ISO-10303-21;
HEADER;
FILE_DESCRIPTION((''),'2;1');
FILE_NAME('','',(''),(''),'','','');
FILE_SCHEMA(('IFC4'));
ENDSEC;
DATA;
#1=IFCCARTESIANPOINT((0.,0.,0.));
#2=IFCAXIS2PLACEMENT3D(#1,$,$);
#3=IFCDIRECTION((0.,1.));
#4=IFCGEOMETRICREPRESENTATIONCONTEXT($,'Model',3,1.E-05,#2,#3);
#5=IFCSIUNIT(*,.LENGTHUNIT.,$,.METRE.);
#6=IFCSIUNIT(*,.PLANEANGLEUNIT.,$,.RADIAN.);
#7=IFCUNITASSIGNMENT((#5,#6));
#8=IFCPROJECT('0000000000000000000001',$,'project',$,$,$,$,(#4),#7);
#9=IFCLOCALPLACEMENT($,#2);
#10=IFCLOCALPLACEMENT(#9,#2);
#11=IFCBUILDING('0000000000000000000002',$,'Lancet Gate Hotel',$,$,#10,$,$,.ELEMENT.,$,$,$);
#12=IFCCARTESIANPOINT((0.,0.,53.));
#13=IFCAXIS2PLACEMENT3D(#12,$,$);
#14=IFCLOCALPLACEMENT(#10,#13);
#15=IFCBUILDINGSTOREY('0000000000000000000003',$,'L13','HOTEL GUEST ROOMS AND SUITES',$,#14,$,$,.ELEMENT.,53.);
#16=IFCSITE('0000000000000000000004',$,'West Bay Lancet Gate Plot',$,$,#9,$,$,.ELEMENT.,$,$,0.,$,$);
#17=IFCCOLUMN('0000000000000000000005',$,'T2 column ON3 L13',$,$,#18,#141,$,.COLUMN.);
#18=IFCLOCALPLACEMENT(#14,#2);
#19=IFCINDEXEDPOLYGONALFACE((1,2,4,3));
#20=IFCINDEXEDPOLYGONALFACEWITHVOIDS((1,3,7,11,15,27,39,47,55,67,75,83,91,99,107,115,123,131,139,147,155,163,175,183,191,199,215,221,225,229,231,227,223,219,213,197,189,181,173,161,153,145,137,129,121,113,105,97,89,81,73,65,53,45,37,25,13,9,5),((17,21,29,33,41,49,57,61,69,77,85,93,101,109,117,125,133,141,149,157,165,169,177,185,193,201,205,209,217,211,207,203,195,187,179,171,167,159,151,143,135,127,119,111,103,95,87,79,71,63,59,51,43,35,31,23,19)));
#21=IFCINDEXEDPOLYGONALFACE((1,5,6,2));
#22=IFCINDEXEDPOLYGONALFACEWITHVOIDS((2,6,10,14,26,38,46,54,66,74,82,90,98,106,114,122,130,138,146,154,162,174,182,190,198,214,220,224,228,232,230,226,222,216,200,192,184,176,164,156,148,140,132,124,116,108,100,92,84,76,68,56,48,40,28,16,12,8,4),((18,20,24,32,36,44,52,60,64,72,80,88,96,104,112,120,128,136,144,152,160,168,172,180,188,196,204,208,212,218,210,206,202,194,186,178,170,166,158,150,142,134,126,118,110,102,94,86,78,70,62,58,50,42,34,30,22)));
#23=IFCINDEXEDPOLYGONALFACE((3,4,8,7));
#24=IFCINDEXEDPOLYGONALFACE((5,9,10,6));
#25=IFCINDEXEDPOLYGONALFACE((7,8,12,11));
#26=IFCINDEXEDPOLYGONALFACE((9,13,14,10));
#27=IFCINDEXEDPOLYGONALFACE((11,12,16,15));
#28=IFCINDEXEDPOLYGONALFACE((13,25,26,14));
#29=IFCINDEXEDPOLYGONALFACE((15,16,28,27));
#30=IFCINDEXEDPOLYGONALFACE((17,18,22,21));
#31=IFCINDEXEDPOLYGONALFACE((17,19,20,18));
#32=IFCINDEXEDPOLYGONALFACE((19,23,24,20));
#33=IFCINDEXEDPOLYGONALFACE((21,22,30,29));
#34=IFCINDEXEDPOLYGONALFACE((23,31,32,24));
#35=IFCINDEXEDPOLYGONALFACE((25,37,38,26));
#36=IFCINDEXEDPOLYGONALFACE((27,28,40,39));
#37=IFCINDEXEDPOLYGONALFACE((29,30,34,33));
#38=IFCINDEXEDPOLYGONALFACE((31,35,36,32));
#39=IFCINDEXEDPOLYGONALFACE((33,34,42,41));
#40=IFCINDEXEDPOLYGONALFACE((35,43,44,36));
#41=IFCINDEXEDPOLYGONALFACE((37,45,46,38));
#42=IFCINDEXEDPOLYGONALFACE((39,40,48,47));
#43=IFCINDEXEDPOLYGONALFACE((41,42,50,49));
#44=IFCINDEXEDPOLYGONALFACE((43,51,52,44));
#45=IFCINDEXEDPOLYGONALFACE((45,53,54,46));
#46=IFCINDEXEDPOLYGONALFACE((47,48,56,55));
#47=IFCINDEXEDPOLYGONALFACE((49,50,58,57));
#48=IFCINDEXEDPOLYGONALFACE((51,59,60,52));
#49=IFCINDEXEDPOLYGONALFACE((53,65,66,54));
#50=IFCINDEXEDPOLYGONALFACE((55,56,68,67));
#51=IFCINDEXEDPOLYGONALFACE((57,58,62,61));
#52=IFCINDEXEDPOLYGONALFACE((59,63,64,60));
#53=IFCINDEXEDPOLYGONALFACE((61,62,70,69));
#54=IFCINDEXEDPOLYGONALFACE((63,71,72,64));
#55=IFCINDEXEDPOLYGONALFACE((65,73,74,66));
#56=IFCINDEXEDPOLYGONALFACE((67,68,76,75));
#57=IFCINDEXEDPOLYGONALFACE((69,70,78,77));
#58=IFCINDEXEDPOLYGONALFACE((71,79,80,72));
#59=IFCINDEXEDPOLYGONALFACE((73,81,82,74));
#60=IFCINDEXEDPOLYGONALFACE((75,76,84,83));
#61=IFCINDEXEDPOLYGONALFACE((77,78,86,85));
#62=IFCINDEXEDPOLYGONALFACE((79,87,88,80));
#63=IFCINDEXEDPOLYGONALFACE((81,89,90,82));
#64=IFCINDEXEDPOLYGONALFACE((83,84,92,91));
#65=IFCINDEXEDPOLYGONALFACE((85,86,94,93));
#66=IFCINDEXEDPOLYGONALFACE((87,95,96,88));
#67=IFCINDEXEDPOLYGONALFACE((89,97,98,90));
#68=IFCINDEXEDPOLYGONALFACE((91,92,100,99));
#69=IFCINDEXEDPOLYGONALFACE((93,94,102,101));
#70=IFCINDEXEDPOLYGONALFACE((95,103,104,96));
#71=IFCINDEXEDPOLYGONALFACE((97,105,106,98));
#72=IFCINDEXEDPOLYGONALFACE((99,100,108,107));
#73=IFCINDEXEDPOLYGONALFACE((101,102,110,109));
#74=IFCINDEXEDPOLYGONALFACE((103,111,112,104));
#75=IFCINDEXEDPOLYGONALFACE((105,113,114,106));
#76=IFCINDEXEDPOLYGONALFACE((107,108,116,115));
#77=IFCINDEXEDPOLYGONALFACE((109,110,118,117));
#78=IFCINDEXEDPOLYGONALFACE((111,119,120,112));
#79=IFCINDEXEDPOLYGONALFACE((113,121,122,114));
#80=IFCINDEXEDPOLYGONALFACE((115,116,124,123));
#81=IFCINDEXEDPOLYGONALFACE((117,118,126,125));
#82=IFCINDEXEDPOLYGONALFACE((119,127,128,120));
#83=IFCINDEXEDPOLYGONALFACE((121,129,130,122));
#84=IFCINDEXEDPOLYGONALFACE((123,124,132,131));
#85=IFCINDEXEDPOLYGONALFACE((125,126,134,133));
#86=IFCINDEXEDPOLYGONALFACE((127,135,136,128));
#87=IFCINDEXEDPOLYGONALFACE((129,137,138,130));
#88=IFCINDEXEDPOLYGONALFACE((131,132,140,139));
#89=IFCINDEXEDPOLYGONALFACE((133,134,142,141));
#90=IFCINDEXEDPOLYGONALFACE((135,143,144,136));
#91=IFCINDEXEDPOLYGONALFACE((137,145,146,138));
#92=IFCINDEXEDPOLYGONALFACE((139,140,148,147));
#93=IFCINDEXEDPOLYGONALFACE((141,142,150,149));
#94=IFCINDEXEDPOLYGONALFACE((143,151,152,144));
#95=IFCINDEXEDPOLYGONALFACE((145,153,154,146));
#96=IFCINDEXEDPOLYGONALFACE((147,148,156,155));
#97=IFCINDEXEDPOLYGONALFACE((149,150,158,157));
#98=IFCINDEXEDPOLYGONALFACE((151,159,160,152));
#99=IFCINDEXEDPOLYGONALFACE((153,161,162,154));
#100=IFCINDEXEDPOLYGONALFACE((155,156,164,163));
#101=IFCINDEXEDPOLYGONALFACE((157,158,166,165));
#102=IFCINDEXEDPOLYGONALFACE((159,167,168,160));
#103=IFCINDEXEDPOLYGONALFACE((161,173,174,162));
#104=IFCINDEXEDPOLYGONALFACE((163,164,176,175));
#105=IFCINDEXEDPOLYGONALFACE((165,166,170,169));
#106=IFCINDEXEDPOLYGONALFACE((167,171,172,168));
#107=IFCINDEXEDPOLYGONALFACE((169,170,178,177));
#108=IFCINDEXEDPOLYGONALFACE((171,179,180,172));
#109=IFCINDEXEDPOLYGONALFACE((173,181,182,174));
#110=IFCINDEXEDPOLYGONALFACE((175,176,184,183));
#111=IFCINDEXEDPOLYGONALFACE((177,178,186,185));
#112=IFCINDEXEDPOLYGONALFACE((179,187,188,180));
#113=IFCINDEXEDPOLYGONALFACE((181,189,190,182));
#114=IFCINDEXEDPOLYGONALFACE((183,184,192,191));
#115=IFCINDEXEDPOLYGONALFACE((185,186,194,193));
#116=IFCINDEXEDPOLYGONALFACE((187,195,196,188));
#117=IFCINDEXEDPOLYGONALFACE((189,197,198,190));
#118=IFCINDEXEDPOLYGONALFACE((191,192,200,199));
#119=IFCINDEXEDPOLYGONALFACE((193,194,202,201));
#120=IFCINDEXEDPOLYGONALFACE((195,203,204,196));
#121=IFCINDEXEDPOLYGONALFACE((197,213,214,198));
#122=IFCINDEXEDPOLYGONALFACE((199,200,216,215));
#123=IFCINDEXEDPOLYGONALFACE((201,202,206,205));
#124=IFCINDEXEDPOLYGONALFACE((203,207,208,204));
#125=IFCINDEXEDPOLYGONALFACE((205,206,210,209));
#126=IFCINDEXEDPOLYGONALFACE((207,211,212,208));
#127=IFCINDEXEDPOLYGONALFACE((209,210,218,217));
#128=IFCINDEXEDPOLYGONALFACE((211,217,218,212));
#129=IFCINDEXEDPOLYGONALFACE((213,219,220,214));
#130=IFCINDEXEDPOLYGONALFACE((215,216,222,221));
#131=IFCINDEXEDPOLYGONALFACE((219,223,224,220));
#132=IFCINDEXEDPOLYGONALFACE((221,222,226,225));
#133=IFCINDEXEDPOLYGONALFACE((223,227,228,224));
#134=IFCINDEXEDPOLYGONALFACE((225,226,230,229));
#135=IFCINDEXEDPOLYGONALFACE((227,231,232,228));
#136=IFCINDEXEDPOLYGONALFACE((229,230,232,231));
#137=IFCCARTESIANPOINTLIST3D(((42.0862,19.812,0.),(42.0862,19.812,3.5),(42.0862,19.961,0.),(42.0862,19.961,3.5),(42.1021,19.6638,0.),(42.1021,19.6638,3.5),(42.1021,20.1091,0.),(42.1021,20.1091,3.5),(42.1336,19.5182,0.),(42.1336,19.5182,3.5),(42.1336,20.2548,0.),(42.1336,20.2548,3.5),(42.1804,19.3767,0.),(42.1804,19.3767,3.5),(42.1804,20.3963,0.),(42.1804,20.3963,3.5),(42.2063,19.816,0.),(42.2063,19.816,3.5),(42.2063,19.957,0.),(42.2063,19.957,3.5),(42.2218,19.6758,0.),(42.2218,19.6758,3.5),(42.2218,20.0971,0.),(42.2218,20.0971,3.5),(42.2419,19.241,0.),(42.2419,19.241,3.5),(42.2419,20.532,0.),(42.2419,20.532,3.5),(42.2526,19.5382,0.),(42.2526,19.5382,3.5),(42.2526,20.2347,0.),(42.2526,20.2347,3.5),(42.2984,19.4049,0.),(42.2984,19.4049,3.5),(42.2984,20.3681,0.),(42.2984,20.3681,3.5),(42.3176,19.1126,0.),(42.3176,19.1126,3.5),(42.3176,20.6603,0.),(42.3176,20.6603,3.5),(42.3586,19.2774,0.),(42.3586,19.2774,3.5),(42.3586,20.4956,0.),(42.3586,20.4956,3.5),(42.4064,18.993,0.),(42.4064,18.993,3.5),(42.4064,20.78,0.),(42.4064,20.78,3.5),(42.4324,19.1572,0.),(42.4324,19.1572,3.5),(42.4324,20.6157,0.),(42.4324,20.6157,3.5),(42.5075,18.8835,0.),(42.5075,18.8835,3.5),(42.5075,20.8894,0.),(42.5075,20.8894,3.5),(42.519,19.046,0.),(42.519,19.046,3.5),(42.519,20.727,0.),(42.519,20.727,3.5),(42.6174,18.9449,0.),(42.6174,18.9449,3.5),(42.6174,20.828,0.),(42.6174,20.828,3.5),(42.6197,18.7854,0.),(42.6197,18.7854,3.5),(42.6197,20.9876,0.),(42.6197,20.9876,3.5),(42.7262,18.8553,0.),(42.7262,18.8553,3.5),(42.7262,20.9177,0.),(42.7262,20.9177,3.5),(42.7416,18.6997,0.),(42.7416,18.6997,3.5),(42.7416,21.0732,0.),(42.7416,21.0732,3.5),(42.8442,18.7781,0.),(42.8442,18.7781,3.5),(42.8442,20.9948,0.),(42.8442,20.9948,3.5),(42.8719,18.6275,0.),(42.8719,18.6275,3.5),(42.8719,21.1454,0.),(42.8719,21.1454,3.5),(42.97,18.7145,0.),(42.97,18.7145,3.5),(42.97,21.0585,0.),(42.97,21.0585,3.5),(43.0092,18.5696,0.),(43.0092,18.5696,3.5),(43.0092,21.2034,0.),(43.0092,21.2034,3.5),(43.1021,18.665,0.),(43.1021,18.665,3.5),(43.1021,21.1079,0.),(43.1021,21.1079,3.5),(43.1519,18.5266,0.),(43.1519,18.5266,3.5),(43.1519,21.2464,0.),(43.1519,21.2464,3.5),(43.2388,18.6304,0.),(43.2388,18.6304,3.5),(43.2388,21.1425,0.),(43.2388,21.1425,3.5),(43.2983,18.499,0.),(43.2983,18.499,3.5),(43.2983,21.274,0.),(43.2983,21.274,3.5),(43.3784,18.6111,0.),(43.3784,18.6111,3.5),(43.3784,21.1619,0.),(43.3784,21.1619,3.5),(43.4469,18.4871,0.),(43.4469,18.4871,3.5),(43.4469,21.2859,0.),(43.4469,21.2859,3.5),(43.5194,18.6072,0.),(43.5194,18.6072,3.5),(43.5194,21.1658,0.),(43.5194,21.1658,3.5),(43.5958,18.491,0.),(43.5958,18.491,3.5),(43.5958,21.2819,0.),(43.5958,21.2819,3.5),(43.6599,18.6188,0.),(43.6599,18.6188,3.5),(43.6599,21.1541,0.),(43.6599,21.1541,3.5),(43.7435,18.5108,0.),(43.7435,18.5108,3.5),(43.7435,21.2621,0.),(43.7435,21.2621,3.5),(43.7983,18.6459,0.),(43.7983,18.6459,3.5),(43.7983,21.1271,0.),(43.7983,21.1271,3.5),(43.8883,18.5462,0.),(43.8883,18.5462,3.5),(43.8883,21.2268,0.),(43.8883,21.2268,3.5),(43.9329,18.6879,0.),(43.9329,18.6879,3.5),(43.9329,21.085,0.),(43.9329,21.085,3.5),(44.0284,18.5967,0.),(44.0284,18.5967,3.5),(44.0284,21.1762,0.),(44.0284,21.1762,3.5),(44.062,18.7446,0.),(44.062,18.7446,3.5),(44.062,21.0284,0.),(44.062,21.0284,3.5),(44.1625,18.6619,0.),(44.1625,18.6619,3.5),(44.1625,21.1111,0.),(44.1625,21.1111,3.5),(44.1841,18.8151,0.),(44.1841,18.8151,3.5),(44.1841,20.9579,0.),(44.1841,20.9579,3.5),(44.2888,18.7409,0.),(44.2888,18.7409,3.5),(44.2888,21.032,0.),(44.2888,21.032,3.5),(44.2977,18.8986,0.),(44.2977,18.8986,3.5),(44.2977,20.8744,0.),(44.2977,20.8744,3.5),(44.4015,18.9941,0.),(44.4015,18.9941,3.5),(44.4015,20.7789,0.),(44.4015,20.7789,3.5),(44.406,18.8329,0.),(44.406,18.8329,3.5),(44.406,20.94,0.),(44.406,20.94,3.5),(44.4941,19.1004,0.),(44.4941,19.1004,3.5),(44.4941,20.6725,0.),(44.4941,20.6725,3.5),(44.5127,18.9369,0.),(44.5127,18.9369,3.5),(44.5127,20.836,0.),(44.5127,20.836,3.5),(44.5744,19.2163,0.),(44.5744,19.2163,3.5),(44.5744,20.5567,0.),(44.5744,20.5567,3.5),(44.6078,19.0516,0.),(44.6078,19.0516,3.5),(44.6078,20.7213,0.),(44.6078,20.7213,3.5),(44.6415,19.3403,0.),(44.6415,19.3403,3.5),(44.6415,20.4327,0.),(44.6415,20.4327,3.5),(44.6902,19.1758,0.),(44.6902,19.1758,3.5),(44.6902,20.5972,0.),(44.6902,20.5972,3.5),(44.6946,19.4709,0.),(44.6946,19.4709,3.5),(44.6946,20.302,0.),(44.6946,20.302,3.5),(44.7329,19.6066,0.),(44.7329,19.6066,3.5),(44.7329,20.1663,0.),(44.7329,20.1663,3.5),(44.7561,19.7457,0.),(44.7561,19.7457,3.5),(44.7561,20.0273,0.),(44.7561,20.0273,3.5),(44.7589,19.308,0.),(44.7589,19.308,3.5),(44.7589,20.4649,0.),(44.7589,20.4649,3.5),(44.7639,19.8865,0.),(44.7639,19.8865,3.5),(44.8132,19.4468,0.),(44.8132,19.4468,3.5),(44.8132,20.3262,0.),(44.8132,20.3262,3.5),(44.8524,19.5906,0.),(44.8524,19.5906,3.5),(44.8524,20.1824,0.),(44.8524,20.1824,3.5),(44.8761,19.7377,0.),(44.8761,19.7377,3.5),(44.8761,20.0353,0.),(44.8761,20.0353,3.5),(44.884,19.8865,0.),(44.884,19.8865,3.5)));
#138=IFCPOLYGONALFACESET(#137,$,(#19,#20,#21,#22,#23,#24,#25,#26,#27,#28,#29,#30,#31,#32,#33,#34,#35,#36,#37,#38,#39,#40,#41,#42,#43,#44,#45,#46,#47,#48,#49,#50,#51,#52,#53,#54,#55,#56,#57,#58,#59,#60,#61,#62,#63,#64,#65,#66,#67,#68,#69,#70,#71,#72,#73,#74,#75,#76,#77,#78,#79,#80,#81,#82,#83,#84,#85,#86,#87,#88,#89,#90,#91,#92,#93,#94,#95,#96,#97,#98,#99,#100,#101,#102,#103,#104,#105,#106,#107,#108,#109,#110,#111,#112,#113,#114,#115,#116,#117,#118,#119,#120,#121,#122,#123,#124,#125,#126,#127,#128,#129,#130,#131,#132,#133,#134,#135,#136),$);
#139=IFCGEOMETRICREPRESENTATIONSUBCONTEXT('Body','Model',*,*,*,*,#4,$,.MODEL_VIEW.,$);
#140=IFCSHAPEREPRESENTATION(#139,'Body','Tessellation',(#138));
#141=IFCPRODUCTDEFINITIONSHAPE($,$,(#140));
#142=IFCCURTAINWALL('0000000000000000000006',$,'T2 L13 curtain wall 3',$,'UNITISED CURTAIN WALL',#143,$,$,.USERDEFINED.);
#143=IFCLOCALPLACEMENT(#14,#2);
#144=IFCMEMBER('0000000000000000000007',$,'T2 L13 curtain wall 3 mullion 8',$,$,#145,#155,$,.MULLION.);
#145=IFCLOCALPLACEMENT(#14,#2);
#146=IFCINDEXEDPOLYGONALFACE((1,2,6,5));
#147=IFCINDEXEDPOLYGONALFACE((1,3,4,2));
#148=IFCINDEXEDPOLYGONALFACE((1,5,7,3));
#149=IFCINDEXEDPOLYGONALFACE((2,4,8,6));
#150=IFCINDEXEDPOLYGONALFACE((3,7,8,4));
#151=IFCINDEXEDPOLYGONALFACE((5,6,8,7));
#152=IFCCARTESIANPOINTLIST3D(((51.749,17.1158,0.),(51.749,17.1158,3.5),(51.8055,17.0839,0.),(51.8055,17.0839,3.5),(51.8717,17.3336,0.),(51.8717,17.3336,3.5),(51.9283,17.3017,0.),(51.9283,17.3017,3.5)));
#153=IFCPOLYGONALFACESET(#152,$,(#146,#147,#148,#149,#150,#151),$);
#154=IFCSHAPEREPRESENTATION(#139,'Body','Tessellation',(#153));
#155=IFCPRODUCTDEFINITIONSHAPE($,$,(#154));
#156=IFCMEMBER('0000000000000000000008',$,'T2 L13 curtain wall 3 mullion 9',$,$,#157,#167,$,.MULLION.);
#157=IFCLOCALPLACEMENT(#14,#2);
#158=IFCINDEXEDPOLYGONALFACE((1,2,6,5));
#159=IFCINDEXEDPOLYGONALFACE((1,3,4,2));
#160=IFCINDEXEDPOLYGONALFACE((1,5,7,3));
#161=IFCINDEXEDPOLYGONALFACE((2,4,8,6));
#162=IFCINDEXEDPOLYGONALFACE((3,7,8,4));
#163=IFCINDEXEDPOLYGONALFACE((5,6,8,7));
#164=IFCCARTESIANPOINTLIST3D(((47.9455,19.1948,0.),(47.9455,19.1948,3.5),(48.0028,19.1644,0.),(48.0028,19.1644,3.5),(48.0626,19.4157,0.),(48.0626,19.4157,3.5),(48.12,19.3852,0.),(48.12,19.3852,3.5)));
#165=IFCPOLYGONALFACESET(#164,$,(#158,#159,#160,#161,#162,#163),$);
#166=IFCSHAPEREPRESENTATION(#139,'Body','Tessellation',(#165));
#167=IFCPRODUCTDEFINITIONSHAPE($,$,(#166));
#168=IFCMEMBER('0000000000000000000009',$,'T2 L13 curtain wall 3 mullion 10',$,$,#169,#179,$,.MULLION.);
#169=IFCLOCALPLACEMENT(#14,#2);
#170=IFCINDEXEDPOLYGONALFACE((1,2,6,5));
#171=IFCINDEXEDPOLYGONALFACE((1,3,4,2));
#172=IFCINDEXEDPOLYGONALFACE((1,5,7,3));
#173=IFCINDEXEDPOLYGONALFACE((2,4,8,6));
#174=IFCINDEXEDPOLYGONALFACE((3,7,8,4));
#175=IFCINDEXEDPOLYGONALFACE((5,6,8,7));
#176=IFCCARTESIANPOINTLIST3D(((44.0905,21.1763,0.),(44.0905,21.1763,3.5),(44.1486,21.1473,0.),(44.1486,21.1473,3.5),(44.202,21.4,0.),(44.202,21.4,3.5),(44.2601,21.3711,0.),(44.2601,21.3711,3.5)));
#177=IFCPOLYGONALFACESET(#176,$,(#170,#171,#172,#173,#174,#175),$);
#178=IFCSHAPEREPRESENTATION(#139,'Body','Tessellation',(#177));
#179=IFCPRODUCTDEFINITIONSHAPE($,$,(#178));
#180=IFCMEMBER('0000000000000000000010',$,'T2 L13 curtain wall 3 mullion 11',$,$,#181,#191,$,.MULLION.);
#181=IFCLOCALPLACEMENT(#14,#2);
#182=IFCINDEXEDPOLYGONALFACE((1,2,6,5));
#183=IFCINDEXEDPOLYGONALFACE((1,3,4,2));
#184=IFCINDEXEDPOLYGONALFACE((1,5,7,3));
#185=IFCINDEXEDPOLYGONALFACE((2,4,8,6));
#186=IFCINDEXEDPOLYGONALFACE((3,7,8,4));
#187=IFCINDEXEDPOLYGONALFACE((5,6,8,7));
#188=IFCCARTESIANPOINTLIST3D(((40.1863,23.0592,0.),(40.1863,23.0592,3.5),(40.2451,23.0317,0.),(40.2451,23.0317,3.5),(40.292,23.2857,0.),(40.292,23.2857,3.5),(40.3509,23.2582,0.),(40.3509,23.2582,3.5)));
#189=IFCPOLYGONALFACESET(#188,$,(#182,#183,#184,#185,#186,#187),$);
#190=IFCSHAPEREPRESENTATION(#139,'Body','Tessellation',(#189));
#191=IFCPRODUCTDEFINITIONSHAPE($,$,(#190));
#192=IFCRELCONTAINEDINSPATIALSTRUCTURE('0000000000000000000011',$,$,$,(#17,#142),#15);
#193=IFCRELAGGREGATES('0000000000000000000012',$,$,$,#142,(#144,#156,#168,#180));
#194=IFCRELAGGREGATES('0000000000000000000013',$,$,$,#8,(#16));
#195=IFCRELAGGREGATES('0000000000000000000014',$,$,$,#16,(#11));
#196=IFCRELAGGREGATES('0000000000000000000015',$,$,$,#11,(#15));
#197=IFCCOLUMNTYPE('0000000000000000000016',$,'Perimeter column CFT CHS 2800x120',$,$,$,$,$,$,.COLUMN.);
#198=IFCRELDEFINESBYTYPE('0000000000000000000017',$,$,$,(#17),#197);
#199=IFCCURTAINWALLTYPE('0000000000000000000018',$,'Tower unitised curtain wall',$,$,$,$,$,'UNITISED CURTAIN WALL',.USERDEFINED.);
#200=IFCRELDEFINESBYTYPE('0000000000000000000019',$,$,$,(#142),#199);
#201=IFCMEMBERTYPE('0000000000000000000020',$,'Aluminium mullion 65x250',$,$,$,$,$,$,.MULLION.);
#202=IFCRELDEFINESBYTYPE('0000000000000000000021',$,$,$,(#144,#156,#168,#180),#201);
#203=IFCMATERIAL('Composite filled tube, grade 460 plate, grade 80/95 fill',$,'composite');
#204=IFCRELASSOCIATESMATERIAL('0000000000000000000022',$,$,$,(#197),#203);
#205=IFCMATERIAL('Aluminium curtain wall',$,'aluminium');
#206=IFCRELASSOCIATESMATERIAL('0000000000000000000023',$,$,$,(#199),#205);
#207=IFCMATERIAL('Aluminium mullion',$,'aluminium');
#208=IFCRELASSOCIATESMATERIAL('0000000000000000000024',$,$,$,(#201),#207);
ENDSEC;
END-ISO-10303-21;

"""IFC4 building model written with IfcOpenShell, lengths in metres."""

from ifc_helpers import new_model, si_unit, direction, frame, origin, origin_2d, place, context, subcontext, project, spatial, rectangle, hollow_circle, extrude, material, material_profile, profile_set, type_object, element, aggregate, save


model = new_model("IFC4")

# Units and contexts
model_context = context("Model", 3, precision=1e-05, world=origin(), true_north=direction((0.0, 1.0)))
body_context = subcontext(model_context, "Body", "Model", "MODEL_VIEW")
ifc_project = project(units=[si_unit("LENGTHUNIT", "METRE"), si_unit("PLANEANGLEUNIT", "RADIAN")], contexts=[model_context])

# Site, building, storey
site_placement = place(None, origin())
site = spatial("IfcSite", under=ifc_project, at=site_placement, Name="West Bay Lancet Gate Plot", CompositionType="ELEMENT", RefElevation=0.0)
building_placement = place(site_placement, origin())
building = spatial("IfcBuilding", under=site, at=building_placement, Name="Lancet Gate Hotel", CompositionType="ELEMENT")
storey_placement = place(building_placement, frame((0.0, 0.0, 53.0)))
storey = spatial("IfcBuildingStorey", under=building, at=storey_placement, Name="L13", Description="HOTEL GUEST ROOMS AND SUITES", CompositionType="ELEMENT", Elevation=53.0)

# Column
ifc_material_1 = material(Name="Composite filled tube, grade 460 plate, grade 80/95 fill", Category="composite")
ifc_material_profile_1 = material_profile(ifc_material_1, hollow_circle(Radius=1.3999, WallThickness=0.1201, at=origin_2d()), Name="CHS 2800x120")
ifc_profile_set_1 = profile_set([ifc_material_profile_1], Name="Composite filled tube, grade 460 plate, grade 80/95 fill")
column_type = type_object("IfcColumnType", Name="Perimeter column CFT CHS 2800x120", PredefinedType="COLUMN", material=ifc_profile_set_1)
column_placement = place(storey_placement, frame((43.4841, 19.8865, 0.0), z_axis=(0.0, 0.0, 1.0), x_axis=(1.0, 0.0, 0.0)))
element("IfcColumn", 1, at=column_placement, inside=storey, type_object=column_type, Name="T2 column ON3 L13", PredefinedType="COLUMN", context=body_context, shape_type="SweptSolid", body=[
    extrude(hollow_circle(Radius=1.3999, WallThickness=0.1201, at=origin_2d()), origin(), (0.0, 0.0, 1.0), 3.5),
])

# Curtain wall, members
ifc_material_2 = material(Name="Aluminium curtain wall", Category="aluminium")
curtain_wall_type = type_object("IfcCurtainWallType", Name="Tower unitised curtain wall", ElementType="UNITISED CURTAIN WALL", PredefinedType="USERDEFINED", material=ifc_material_2)
curtain_wall_placement = place(storey_placement, origin())
curtain_wall = element("IfcCurtainWall", 2, at=curtain_wall_placement, inside=storey, type_object=curtain_wall_type, Name="T2 L13 curtain wall 3", ObjectType="UNITISED CURTAIN WALL", PredefinedType="USERDEFINED")
ifc_material_3 = material(Name="Aluminium mullion", Category="aluminium")
ifc_material_profile_2 = material_profile(ifc_material_3, rectangle(XDim=0.0649, YDim=0.25, at=origin_2d()), Name="MULLION 65x250")
ifc_profile_set_2 = profile_set([ifc_material_profile_2], Name="Aluminium mullion")
member_type_1 = type_object("IfcMemberType", Name="Aluminium mullion 65x250", PredefinedType="MULLION", material=ifc_profile_set_2)
member_1_placement = place(storey_placement, frame((51.8386, 17.2087, 0.0), z_axis=(0.0, 0.0, 1.0), x_axis=(-0.87119, 0.490945, 0.0)))
member_1 = element("IfcMember", 3, at=member_1_placement, type_object=member_type_1, Name="T2 L13 curtain wall 3 mullion 8", PredefinedType="MULLION", context=body_context, shape_type="SweptSolid", body=[
    extrude(rectangle(XDim=0.0649, YDim=0.25, at=origin_2d()), origin(), (0.0, 0.0, 1.0), 3.5),
])
member_2_placement = place(storey_placement, frame((48.0327, 19.29, 0.0), z_axis=(0.0, 0.0, 1.0), x_axis=(-0.883403, 0.468613, 0.0)))
member_2 = element("IfcMember", 4, at=member_2_placement, type_object=member_type_1, Name="T2 L13 curtain wall 3 mullion 9", PredefinedType="MULLION", context=body_context, shape_type="SweptSolid", body=[
    extrude(rectangle(XDim=0.0649, YDim=0.25, at=origin_2d()), origin(), (0.0, 0.0, 1.0), 3.5),
])
member_3_placement = place(storey_placement, frame((44.1753, 21.2737, 0.0), z_axis=(0.0, 0.0, 1.0), x_axis=(-0.895044, 0.445978, 0.0)))
member_3 = element("IfcMember", 5, at=member_3_placement, type_object=member_type_1, Name="T2 L13 curtain wall 3 mullion 10", PredefinedType="MULLION", context=body_context, shape_type="SweptSolid", body=[
    extrude(rectangle(XDim=0.0649, YDim=0.25, at=origin_2d()), origin(), (0.0, 0.0, 1.0), 3.5),
])
member_4_placement = place(storey_placement, frame((40.2686, 23.1587, 0.0), z_axis=(0.0, 0.0, 1.0), x_axis=(-0.906105, 0.423053, 0.0)))
member_4 = element("IfcMember", 6, at=member_4_placement, type_object=member_type_1, Name="T2 L13 curtain wall 3 mullion 11", PredefinedType="MULLION", context=body_context, shape_type="SweptSolid", body=[
    extrude(rectangle(XDim=0.0649, YDim=0.25, at=origin_2d()), origin(), (0.0, 0.0, 1.0), 3.5),
])

aggregate(curtain_wall, [member_1, member_2, member_3, member_4])

save(model, "model.ifc")
